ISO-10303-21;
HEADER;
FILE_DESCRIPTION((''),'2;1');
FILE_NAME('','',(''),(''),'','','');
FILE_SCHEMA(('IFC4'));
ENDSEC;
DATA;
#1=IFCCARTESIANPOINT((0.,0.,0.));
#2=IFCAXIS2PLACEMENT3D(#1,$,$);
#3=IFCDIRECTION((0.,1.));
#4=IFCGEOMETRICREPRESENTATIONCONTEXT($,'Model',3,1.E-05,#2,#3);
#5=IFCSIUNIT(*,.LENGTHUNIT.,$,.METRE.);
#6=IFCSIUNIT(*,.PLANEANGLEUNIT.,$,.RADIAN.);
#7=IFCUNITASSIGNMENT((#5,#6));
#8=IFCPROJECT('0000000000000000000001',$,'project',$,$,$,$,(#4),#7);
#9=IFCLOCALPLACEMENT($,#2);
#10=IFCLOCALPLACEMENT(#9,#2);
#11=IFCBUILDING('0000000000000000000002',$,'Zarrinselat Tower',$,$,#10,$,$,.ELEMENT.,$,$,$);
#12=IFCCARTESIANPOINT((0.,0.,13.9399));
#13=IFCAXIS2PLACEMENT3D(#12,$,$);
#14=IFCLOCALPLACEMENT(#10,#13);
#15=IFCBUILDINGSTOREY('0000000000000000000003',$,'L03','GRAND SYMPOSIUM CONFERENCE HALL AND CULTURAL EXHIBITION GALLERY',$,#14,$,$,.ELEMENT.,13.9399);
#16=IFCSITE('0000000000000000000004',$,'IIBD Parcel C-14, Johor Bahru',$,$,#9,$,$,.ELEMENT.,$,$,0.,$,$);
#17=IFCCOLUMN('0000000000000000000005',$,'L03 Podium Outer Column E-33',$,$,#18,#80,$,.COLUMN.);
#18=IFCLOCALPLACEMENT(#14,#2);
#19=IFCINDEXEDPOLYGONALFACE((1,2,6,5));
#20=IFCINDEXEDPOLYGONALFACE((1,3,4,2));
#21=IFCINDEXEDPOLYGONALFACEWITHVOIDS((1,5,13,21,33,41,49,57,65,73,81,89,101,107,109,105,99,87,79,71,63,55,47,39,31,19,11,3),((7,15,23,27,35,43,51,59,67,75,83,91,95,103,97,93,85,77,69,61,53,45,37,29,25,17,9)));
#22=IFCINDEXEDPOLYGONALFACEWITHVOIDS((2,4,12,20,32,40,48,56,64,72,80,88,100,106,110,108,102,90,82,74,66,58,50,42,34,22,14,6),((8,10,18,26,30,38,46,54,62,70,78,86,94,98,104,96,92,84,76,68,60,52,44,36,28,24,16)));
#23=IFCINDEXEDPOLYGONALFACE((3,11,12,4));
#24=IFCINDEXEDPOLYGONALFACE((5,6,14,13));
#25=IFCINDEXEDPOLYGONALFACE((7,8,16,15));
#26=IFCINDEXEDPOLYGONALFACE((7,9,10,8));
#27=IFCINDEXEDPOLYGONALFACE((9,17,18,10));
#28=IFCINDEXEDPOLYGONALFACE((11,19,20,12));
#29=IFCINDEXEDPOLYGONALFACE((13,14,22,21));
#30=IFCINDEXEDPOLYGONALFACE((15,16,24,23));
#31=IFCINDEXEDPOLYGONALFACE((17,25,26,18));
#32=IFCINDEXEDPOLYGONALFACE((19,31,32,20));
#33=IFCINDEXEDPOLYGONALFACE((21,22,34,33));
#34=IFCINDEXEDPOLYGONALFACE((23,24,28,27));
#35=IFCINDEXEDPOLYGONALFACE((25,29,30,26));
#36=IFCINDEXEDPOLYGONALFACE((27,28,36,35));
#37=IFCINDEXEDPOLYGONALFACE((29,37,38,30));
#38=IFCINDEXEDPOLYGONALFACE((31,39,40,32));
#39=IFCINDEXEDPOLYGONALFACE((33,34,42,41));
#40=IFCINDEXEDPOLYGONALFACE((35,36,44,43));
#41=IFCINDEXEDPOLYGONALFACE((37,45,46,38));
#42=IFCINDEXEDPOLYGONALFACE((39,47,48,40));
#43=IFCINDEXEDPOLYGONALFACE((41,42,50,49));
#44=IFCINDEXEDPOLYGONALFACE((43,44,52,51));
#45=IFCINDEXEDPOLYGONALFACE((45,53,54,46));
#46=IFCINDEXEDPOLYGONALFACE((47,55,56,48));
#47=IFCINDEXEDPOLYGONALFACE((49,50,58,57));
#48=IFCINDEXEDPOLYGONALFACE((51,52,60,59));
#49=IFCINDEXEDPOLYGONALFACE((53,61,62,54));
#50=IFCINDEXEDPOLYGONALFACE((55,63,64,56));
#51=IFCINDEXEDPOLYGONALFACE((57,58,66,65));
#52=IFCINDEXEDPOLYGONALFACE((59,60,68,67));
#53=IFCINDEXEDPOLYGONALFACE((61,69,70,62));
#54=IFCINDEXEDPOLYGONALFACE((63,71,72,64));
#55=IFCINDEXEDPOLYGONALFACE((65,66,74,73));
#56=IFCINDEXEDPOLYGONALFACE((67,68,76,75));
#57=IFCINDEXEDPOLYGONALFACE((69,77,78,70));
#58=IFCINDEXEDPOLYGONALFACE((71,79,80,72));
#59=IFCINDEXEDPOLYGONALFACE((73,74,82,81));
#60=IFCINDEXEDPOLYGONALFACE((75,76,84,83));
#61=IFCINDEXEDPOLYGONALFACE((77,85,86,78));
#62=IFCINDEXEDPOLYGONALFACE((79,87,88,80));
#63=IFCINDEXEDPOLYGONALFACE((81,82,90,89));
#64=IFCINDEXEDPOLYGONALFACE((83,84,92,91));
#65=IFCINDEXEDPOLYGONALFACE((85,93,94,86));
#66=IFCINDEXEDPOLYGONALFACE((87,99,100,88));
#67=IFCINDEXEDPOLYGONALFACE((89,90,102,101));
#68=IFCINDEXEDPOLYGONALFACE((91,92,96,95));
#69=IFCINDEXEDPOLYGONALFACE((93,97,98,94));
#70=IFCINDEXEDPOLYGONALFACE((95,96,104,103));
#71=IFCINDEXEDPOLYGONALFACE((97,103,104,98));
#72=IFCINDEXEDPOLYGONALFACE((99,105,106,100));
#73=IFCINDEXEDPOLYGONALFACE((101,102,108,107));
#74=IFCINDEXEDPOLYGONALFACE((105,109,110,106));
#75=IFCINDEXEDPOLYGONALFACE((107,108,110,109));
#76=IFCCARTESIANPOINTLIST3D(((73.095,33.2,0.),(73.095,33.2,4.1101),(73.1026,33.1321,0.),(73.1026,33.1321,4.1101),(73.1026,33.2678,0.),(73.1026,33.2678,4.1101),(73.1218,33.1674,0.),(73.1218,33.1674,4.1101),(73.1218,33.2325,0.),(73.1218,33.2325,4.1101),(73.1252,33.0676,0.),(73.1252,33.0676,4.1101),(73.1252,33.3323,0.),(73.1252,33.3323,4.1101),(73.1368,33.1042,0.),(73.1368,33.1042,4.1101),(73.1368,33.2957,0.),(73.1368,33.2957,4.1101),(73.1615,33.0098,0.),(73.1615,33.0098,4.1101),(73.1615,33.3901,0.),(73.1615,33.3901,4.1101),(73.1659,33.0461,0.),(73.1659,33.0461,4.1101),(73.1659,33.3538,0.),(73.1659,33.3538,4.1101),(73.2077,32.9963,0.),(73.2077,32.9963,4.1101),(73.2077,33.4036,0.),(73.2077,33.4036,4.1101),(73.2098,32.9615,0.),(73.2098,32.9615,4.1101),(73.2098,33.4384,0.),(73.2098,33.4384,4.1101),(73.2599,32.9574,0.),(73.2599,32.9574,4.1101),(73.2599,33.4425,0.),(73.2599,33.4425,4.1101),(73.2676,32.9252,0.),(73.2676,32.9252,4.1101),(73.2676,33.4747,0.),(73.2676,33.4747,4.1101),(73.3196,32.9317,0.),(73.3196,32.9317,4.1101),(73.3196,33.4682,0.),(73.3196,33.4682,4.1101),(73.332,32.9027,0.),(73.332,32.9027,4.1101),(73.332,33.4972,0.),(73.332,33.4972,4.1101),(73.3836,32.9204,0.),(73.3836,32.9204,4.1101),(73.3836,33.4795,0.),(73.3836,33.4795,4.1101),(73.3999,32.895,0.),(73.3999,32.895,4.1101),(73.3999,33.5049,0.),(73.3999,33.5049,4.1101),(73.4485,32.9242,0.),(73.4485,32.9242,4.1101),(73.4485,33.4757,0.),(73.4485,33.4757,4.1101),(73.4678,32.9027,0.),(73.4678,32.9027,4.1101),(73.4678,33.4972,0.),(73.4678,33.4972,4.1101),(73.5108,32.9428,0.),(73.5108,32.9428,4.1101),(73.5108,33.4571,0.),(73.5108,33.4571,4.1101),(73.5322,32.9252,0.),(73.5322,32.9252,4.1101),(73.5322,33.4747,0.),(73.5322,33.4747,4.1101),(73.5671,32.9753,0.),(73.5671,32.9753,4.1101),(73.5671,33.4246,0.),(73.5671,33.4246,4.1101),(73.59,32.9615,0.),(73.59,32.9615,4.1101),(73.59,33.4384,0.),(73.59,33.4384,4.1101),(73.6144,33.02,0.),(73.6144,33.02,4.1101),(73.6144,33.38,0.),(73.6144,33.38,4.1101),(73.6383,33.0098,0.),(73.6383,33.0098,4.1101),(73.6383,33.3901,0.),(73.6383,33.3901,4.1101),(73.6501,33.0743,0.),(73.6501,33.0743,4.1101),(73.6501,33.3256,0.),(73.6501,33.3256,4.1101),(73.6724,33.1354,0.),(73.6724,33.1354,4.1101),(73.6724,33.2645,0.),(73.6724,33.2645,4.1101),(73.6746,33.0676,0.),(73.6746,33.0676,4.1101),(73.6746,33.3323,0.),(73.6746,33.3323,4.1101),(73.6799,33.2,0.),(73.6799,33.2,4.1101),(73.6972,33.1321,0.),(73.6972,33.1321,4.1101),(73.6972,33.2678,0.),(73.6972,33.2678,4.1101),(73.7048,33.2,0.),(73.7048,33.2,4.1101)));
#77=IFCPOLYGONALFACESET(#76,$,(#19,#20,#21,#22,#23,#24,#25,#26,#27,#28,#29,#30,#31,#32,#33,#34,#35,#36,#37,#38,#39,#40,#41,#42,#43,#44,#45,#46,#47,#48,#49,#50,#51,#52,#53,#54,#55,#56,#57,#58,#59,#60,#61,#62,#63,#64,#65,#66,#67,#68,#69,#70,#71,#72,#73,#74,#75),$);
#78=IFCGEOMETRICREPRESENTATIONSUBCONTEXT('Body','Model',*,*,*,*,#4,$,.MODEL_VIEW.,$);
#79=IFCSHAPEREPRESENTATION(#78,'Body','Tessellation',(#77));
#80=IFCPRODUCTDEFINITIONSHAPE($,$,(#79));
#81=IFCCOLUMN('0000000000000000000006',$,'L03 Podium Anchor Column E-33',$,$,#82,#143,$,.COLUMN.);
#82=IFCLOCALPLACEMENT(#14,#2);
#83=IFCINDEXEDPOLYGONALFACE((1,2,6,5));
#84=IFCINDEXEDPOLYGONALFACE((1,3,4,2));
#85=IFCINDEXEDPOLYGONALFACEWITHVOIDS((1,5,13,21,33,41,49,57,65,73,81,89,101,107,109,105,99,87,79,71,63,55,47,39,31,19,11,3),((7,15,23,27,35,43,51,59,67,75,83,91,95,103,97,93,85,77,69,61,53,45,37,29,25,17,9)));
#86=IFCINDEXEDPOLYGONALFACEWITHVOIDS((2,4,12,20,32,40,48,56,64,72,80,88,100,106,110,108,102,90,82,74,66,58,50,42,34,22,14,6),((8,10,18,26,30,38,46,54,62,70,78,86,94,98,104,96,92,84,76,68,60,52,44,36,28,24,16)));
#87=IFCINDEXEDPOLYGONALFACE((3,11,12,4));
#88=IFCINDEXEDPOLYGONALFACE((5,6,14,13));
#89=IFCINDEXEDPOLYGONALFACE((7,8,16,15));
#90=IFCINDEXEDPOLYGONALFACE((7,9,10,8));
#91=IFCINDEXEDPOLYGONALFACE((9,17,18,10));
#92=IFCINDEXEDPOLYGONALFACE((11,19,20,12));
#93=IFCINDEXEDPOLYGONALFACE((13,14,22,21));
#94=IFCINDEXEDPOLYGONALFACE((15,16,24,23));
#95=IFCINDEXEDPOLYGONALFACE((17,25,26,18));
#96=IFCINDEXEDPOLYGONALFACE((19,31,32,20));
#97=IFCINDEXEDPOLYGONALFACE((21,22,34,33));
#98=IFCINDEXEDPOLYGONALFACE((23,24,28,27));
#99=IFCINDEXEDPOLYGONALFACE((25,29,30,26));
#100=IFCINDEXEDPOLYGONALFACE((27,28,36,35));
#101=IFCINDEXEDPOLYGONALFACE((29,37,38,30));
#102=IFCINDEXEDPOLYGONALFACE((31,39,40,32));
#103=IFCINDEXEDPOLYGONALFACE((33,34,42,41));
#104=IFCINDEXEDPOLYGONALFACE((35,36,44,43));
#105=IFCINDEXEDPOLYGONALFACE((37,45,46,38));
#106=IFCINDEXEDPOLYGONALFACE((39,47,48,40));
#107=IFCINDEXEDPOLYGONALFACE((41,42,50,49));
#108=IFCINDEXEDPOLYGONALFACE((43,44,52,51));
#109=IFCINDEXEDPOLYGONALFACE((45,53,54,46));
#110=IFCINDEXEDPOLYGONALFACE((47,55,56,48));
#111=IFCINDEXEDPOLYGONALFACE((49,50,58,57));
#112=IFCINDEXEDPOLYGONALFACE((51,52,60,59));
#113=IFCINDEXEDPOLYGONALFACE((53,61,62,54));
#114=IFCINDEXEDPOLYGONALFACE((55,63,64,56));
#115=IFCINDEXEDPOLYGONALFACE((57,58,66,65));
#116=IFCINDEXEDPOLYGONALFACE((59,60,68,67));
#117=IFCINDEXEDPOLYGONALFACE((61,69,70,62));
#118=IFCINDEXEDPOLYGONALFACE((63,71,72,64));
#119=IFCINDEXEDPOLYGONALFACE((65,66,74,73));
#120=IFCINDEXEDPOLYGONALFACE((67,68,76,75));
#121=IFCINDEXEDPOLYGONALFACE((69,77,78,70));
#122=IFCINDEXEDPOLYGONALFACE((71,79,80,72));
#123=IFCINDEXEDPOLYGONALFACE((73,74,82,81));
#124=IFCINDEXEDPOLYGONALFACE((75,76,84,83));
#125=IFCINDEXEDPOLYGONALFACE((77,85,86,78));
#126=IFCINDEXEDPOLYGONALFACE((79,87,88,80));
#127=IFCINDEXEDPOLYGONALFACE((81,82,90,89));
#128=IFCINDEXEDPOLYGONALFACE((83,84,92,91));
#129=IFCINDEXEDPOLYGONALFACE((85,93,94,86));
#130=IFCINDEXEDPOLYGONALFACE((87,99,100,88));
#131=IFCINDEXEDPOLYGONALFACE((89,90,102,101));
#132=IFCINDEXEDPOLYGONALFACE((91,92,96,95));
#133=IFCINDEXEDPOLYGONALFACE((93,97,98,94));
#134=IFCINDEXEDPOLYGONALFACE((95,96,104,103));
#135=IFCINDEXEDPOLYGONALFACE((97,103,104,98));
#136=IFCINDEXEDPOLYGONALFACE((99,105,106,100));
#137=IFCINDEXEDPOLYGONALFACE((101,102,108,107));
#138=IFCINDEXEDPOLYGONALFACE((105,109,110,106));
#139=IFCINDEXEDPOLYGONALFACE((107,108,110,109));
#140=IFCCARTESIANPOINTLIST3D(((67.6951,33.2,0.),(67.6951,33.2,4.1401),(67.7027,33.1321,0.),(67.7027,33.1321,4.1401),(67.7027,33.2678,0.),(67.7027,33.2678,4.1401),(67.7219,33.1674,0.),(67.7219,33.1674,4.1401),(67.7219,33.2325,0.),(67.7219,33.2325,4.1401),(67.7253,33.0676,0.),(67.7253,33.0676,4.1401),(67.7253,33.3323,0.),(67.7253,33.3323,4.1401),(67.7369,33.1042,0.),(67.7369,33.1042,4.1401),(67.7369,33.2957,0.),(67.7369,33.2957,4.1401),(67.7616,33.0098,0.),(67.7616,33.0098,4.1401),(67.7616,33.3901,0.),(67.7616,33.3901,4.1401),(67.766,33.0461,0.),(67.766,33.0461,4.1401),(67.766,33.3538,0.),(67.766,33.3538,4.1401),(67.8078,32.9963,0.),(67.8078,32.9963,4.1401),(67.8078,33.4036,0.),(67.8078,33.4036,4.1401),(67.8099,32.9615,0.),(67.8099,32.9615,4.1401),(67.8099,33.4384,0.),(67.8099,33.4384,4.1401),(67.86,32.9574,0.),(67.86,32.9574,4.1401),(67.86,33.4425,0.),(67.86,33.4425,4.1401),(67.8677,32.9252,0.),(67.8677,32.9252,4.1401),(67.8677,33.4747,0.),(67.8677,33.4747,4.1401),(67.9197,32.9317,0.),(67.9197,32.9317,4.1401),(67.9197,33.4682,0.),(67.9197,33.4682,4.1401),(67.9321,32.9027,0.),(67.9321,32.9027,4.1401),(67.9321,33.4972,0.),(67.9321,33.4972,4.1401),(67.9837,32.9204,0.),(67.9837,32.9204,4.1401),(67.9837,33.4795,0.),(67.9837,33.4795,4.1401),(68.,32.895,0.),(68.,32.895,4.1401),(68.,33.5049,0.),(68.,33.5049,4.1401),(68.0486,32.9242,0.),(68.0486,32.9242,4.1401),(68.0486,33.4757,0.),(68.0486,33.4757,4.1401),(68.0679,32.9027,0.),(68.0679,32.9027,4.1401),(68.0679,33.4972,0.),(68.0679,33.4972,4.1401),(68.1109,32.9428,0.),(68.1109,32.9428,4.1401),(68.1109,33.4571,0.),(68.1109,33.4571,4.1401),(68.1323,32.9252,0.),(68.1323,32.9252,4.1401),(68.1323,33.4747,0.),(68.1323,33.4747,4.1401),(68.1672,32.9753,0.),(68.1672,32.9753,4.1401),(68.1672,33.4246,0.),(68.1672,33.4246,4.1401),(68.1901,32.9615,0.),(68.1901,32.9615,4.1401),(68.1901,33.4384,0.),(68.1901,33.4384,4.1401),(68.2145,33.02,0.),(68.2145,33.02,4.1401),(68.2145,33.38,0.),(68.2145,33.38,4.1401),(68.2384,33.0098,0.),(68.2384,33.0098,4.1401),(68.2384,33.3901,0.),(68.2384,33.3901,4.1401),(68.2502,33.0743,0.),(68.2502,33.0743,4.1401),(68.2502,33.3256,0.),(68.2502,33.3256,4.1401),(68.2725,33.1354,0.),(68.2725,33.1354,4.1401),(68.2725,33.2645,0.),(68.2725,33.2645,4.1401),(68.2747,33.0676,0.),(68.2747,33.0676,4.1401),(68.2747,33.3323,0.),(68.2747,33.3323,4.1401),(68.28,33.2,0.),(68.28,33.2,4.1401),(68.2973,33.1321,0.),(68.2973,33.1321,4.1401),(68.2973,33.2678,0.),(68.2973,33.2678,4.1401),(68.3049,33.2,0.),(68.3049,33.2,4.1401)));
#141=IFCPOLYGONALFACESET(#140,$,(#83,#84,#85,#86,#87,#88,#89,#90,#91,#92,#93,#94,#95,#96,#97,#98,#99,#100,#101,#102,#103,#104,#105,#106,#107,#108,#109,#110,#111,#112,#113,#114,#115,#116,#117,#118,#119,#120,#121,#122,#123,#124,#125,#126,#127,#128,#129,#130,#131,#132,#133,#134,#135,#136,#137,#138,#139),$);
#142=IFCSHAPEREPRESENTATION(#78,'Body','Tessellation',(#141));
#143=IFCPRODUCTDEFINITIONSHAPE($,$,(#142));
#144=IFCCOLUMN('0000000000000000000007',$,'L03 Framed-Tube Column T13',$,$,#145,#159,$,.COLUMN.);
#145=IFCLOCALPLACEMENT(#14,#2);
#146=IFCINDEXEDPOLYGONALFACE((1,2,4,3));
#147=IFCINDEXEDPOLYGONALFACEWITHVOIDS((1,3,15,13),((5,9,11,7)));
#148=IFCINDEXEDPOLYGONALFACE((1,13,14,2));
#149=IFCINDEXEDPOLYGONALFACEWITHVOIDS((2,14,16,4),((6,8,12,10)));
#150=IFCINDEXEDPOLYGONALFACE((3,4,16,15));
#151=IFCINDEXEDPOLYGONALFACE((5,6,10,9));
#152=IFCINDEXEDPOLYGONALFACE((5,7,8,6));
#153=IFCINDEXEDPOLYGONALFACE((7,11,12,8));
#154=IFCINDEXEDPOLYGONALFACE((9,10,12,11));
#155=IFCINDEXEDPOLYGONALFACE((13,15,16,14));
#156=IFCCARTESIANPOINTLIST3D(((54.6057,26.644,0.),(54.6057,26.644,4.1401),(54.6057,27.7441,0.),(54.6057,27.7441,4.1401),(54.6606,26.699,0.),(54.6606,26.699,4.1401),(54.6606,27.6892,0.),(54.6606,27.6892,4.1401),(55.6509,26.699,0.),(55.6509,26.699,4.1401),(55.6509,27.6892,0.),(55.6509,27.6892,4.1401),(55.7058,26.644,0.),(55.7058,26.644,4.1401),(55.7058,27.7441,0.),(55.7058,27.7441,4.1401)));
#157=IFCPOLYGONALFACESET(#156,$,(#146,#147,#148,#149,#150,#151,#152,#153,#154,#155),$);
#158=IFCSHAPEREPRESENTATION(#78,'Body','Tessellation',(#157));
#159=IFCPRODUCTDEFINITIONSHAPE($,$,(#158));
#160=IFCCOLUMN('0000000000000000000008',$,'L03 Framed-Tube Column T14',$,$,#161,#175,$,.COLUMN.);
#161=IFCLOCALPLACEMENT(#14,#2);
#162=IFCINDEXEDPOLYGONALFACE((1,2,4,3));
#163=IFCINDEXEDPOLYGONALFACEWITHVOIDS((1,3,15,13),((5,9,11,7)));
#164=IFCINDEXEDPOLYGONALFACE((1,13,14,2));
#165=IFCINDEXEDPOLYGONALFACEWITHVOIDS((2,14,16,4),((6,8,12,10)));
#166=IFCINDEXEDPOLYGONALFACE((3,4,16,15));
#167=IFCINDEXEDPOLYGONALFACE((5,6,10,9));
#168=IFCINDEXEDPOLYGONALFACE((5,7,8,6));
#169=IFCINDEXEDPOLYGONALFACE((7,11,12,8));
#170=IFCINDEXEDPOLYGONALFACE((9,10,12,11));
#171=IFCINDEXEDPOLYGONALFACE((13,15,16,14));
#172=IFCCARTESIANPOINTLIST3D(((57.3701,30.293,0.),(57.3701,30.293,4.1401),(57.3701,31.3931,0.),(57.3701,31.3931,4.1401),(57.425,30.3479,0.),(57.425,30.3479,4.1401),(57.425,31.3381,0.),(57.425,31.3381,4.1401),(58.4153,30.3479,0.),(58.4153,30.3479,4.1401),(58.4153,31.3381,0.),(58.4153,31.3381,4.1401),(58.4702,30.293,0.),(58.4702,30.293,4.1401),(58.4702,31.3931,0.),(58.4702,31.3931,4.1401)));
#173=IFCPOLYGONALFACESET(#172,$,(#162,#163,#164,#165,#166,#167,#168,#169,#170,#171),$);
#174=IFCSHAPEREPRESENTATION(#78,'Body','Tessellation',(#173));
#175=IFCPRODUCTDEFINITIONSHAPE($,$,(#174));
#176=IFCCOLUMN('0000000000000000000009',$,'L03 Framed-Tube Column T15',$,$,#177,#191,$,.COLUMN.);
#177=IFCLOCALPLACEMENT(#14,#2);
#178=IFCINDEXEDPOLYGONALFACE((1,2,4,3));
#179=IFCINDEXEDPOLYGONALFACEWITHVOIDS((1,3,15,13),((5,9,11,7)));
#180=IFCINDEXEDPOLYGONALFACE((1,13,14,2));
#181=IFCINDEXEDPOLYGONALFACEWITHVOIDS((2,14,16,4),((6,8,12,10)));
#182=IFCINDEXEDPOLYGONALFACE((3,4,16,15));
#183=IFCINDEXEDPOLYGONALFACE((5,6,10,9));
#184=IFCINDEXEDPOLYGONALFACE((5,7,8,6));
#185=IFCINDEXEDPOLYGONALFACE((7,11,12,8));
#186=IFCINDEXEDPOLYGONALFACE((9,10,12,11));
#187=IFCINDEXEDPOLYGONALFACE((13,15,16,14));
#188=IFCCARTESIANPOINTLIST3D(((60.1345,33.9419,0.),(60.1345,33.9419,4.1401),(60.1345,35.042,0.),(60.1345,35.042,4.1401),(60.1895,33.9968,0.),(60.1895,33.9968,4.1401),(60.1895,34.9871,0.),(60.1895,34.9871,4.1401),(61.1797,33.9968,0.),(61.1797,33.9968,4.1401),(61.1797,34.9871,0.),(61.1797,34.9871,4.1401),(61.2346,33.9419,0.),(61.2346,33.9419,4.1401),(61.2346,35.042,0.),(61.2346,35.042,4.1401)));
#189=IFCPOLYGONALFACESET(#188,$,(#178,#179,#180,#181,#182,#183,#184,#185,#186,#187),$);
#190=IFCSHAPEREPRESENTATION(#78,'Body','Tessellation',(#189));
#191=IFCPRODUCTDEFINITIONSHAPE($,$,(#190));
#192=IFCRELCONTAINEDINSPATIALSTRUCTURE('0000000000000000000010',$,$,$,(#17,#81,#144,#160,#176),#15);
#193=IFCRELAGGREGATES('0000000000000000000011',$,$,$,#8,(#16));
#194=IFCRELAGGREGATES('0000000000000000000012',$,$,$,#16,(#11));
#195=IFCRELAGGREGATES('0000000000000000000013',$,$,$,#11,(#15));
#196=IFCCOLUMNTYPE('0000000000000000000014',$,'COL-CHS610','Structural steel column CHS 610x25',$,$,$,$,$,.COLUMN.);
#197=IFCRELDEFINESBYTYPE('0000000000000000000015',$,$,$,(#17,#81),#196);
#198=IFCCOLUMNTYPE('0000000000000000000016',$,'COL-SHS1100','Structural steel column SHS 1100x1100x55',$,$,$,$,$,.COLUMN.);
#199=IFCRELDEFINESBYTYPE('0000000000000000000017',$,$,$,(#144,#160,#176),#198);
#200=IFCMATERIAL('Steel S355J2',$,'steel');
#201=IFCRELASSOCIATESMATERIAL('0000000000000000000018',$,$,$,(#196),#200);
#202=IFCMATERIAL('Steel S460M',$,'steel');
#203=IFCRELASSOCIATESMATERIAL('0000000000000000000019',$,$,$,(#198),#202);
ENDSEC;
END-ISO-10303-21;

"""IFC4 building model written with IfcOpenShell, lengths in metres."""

from ifc_helpers import new_model, si_unit, direction, frame, origin, origin_2d, place, context, subcontext, project, spatial, hollow_rectangle, hollow_circle, extrude, material, material_profile, profile_set, type_object, element, save


model = new_model("IFC4")

# Units and contexts
model_context = context("Model", 3, precision=1e-05, world=origin(), true_north=direction((0.0, 1.0)))
body_context = subcontext(model_context, "Body", "Model", "MODEL_VIEW")
ifc_project = project(units=[si_unit("LENGTHUNIT", "METRE"), si_unit("PLANEANGLEUNIT", "RADIAN")], contexts=[model_context])

# Site, building, storey
site_placement = place(None, origin())
site = spatial("IfcSite", under=ifc_project, at=site_placement, Name="IIBD Parcel C-14, Johor Bahru", CompositionType="ELEMENT", RefElevation=0.0)
building_placement = place(site_placement, origin())
building = spatial("IfcBuilding", under=site, at=building_placement, Name="Zarrinselat Tower", CompositionType="ELEMENT")
storey_placement = place(building_placement, frame((0.0, 0.0, 13.9399)))
storey = spatial("IfcBuildingStorey", under=building, at=storey_placement, Name="L03", Description="GRAND SYMPOSIUM CONFERENCE HALL AND CULTURAL EXHIBITION GALLERY", CompositionType="ELEMENT", Elevation=13.9399)

# Columns
ifc_material_1 = material(Name="Steel S355J2", Category="steel")
ifc_material_profile_1 = material_profile(ifc_material_1, hollow_circle(Radius=0.3049, WallThickness=0.0249, at=origin_2d()), Name="CHS 610x25")
ifc_profile_set_1 = profile_set([ifc_material_profile_1], Name="Steel S355J2")
column_type_1 = type_object("IfcColumnType", Name="COL-CHS610", Description="Structural steel column CHS 610x25", PredefinedType="COLUMN", material=ifc_profile_set_1)
column_1_placement = place(storey_placement, frame((73.3999, 33.2, 0.0), z_axis=(0.0, 0.0, 1.0), x_axis=(1.0, 0.0, 0.0)))
element("IfcColumn", 1, at=column_1_placement, inside=storey, type_object=column_type_1, Name="L03 Podium Outer Column E-33", PredefinedType="COLUMN", context=body_context, shape_type="SweptSolid", body=[
    extrude(hollow_circle(Radius=0.3049, WallThickness=0.0249, at=origin_2d()), origin(), (0.0, 0.0, 1.0), 4.1101),
])
column_2_placement = place(storey_placement, frame((68.0, 33.2, 0.0), z_axis=(0.0, 0.0, 1.0), x_axis=(1.0, 0.0, 0.0)))
element("IfcColumn", 2, at=column_2_placement, inside=storey, type_object=column_type_1, Name="L03 Podium Anchor Column E-33", PredefinedType="COLUMN", context=body_context, shape_type="SweptSolid", body=[
    extrude(hollow_circle(Radius=0.3049, WallThickness=0.0249, at=origin_2d()), origin(), (0.0, 0.0, 1.0), 4.1401),
])
ifc_material_2 = material(Name="Steel S460M", Category="steel")
ifc_material_profile_2 = material_profile(ifc_material_2, hollow_rectangle(XDim=1.1001, YDim=1.1001, WallThickness=0.0549, at=origin_2d()), Name="SHS 1100x1100x55")
ifc_profile_set_2 = profile_set([ifc_material_profile_2], Name="Steel S460M")
column_type_2 = type_object("IfcColumnType", Name="COL-SHS1100", Description="Structural steel column SHS 1100x1100x55", PredefinedType="COLUMN", material=ifc_profile_set_2)
for number, where, z_axis, x_axis, name in (
    (3, (55.1558, 27.1941, 0.0), (0.0, 0.0, 1.0), (1.0, 0.0, 0.0), "L03 Framed-Tube Column T13"),
    (4, (57.9202, 30.843, 0.0), (0.0, 0.0, 1.0), (1.0, 0.0, 0.0), "L03 Framed-Tube Column T14"),
    (5, (60.6846, 34.4919, 0.0), (0.0, 0.0, 1.0), (1.0, 0.0, 0.0), "L03 Framed-Tube Column T15"),
):
    element("IfcColumn", number, at=place(storey_placement, frame(where, z_axis=z_axis, x_axis=x_axis)), inside=storey, type_object=column_type_2, Name=name, PredefinedType="COLUMN", context=body_context, shape_type="SweptSolid", body=[
        extrude(hollow_rectangle(XDim=1.1001, YDim=1.1001, WallThickness=0.0549, at=origin_2d()), origin(), (0.0, 0.0, 1.0), 4.1401),
    ])

save(model, "model.ifc")
